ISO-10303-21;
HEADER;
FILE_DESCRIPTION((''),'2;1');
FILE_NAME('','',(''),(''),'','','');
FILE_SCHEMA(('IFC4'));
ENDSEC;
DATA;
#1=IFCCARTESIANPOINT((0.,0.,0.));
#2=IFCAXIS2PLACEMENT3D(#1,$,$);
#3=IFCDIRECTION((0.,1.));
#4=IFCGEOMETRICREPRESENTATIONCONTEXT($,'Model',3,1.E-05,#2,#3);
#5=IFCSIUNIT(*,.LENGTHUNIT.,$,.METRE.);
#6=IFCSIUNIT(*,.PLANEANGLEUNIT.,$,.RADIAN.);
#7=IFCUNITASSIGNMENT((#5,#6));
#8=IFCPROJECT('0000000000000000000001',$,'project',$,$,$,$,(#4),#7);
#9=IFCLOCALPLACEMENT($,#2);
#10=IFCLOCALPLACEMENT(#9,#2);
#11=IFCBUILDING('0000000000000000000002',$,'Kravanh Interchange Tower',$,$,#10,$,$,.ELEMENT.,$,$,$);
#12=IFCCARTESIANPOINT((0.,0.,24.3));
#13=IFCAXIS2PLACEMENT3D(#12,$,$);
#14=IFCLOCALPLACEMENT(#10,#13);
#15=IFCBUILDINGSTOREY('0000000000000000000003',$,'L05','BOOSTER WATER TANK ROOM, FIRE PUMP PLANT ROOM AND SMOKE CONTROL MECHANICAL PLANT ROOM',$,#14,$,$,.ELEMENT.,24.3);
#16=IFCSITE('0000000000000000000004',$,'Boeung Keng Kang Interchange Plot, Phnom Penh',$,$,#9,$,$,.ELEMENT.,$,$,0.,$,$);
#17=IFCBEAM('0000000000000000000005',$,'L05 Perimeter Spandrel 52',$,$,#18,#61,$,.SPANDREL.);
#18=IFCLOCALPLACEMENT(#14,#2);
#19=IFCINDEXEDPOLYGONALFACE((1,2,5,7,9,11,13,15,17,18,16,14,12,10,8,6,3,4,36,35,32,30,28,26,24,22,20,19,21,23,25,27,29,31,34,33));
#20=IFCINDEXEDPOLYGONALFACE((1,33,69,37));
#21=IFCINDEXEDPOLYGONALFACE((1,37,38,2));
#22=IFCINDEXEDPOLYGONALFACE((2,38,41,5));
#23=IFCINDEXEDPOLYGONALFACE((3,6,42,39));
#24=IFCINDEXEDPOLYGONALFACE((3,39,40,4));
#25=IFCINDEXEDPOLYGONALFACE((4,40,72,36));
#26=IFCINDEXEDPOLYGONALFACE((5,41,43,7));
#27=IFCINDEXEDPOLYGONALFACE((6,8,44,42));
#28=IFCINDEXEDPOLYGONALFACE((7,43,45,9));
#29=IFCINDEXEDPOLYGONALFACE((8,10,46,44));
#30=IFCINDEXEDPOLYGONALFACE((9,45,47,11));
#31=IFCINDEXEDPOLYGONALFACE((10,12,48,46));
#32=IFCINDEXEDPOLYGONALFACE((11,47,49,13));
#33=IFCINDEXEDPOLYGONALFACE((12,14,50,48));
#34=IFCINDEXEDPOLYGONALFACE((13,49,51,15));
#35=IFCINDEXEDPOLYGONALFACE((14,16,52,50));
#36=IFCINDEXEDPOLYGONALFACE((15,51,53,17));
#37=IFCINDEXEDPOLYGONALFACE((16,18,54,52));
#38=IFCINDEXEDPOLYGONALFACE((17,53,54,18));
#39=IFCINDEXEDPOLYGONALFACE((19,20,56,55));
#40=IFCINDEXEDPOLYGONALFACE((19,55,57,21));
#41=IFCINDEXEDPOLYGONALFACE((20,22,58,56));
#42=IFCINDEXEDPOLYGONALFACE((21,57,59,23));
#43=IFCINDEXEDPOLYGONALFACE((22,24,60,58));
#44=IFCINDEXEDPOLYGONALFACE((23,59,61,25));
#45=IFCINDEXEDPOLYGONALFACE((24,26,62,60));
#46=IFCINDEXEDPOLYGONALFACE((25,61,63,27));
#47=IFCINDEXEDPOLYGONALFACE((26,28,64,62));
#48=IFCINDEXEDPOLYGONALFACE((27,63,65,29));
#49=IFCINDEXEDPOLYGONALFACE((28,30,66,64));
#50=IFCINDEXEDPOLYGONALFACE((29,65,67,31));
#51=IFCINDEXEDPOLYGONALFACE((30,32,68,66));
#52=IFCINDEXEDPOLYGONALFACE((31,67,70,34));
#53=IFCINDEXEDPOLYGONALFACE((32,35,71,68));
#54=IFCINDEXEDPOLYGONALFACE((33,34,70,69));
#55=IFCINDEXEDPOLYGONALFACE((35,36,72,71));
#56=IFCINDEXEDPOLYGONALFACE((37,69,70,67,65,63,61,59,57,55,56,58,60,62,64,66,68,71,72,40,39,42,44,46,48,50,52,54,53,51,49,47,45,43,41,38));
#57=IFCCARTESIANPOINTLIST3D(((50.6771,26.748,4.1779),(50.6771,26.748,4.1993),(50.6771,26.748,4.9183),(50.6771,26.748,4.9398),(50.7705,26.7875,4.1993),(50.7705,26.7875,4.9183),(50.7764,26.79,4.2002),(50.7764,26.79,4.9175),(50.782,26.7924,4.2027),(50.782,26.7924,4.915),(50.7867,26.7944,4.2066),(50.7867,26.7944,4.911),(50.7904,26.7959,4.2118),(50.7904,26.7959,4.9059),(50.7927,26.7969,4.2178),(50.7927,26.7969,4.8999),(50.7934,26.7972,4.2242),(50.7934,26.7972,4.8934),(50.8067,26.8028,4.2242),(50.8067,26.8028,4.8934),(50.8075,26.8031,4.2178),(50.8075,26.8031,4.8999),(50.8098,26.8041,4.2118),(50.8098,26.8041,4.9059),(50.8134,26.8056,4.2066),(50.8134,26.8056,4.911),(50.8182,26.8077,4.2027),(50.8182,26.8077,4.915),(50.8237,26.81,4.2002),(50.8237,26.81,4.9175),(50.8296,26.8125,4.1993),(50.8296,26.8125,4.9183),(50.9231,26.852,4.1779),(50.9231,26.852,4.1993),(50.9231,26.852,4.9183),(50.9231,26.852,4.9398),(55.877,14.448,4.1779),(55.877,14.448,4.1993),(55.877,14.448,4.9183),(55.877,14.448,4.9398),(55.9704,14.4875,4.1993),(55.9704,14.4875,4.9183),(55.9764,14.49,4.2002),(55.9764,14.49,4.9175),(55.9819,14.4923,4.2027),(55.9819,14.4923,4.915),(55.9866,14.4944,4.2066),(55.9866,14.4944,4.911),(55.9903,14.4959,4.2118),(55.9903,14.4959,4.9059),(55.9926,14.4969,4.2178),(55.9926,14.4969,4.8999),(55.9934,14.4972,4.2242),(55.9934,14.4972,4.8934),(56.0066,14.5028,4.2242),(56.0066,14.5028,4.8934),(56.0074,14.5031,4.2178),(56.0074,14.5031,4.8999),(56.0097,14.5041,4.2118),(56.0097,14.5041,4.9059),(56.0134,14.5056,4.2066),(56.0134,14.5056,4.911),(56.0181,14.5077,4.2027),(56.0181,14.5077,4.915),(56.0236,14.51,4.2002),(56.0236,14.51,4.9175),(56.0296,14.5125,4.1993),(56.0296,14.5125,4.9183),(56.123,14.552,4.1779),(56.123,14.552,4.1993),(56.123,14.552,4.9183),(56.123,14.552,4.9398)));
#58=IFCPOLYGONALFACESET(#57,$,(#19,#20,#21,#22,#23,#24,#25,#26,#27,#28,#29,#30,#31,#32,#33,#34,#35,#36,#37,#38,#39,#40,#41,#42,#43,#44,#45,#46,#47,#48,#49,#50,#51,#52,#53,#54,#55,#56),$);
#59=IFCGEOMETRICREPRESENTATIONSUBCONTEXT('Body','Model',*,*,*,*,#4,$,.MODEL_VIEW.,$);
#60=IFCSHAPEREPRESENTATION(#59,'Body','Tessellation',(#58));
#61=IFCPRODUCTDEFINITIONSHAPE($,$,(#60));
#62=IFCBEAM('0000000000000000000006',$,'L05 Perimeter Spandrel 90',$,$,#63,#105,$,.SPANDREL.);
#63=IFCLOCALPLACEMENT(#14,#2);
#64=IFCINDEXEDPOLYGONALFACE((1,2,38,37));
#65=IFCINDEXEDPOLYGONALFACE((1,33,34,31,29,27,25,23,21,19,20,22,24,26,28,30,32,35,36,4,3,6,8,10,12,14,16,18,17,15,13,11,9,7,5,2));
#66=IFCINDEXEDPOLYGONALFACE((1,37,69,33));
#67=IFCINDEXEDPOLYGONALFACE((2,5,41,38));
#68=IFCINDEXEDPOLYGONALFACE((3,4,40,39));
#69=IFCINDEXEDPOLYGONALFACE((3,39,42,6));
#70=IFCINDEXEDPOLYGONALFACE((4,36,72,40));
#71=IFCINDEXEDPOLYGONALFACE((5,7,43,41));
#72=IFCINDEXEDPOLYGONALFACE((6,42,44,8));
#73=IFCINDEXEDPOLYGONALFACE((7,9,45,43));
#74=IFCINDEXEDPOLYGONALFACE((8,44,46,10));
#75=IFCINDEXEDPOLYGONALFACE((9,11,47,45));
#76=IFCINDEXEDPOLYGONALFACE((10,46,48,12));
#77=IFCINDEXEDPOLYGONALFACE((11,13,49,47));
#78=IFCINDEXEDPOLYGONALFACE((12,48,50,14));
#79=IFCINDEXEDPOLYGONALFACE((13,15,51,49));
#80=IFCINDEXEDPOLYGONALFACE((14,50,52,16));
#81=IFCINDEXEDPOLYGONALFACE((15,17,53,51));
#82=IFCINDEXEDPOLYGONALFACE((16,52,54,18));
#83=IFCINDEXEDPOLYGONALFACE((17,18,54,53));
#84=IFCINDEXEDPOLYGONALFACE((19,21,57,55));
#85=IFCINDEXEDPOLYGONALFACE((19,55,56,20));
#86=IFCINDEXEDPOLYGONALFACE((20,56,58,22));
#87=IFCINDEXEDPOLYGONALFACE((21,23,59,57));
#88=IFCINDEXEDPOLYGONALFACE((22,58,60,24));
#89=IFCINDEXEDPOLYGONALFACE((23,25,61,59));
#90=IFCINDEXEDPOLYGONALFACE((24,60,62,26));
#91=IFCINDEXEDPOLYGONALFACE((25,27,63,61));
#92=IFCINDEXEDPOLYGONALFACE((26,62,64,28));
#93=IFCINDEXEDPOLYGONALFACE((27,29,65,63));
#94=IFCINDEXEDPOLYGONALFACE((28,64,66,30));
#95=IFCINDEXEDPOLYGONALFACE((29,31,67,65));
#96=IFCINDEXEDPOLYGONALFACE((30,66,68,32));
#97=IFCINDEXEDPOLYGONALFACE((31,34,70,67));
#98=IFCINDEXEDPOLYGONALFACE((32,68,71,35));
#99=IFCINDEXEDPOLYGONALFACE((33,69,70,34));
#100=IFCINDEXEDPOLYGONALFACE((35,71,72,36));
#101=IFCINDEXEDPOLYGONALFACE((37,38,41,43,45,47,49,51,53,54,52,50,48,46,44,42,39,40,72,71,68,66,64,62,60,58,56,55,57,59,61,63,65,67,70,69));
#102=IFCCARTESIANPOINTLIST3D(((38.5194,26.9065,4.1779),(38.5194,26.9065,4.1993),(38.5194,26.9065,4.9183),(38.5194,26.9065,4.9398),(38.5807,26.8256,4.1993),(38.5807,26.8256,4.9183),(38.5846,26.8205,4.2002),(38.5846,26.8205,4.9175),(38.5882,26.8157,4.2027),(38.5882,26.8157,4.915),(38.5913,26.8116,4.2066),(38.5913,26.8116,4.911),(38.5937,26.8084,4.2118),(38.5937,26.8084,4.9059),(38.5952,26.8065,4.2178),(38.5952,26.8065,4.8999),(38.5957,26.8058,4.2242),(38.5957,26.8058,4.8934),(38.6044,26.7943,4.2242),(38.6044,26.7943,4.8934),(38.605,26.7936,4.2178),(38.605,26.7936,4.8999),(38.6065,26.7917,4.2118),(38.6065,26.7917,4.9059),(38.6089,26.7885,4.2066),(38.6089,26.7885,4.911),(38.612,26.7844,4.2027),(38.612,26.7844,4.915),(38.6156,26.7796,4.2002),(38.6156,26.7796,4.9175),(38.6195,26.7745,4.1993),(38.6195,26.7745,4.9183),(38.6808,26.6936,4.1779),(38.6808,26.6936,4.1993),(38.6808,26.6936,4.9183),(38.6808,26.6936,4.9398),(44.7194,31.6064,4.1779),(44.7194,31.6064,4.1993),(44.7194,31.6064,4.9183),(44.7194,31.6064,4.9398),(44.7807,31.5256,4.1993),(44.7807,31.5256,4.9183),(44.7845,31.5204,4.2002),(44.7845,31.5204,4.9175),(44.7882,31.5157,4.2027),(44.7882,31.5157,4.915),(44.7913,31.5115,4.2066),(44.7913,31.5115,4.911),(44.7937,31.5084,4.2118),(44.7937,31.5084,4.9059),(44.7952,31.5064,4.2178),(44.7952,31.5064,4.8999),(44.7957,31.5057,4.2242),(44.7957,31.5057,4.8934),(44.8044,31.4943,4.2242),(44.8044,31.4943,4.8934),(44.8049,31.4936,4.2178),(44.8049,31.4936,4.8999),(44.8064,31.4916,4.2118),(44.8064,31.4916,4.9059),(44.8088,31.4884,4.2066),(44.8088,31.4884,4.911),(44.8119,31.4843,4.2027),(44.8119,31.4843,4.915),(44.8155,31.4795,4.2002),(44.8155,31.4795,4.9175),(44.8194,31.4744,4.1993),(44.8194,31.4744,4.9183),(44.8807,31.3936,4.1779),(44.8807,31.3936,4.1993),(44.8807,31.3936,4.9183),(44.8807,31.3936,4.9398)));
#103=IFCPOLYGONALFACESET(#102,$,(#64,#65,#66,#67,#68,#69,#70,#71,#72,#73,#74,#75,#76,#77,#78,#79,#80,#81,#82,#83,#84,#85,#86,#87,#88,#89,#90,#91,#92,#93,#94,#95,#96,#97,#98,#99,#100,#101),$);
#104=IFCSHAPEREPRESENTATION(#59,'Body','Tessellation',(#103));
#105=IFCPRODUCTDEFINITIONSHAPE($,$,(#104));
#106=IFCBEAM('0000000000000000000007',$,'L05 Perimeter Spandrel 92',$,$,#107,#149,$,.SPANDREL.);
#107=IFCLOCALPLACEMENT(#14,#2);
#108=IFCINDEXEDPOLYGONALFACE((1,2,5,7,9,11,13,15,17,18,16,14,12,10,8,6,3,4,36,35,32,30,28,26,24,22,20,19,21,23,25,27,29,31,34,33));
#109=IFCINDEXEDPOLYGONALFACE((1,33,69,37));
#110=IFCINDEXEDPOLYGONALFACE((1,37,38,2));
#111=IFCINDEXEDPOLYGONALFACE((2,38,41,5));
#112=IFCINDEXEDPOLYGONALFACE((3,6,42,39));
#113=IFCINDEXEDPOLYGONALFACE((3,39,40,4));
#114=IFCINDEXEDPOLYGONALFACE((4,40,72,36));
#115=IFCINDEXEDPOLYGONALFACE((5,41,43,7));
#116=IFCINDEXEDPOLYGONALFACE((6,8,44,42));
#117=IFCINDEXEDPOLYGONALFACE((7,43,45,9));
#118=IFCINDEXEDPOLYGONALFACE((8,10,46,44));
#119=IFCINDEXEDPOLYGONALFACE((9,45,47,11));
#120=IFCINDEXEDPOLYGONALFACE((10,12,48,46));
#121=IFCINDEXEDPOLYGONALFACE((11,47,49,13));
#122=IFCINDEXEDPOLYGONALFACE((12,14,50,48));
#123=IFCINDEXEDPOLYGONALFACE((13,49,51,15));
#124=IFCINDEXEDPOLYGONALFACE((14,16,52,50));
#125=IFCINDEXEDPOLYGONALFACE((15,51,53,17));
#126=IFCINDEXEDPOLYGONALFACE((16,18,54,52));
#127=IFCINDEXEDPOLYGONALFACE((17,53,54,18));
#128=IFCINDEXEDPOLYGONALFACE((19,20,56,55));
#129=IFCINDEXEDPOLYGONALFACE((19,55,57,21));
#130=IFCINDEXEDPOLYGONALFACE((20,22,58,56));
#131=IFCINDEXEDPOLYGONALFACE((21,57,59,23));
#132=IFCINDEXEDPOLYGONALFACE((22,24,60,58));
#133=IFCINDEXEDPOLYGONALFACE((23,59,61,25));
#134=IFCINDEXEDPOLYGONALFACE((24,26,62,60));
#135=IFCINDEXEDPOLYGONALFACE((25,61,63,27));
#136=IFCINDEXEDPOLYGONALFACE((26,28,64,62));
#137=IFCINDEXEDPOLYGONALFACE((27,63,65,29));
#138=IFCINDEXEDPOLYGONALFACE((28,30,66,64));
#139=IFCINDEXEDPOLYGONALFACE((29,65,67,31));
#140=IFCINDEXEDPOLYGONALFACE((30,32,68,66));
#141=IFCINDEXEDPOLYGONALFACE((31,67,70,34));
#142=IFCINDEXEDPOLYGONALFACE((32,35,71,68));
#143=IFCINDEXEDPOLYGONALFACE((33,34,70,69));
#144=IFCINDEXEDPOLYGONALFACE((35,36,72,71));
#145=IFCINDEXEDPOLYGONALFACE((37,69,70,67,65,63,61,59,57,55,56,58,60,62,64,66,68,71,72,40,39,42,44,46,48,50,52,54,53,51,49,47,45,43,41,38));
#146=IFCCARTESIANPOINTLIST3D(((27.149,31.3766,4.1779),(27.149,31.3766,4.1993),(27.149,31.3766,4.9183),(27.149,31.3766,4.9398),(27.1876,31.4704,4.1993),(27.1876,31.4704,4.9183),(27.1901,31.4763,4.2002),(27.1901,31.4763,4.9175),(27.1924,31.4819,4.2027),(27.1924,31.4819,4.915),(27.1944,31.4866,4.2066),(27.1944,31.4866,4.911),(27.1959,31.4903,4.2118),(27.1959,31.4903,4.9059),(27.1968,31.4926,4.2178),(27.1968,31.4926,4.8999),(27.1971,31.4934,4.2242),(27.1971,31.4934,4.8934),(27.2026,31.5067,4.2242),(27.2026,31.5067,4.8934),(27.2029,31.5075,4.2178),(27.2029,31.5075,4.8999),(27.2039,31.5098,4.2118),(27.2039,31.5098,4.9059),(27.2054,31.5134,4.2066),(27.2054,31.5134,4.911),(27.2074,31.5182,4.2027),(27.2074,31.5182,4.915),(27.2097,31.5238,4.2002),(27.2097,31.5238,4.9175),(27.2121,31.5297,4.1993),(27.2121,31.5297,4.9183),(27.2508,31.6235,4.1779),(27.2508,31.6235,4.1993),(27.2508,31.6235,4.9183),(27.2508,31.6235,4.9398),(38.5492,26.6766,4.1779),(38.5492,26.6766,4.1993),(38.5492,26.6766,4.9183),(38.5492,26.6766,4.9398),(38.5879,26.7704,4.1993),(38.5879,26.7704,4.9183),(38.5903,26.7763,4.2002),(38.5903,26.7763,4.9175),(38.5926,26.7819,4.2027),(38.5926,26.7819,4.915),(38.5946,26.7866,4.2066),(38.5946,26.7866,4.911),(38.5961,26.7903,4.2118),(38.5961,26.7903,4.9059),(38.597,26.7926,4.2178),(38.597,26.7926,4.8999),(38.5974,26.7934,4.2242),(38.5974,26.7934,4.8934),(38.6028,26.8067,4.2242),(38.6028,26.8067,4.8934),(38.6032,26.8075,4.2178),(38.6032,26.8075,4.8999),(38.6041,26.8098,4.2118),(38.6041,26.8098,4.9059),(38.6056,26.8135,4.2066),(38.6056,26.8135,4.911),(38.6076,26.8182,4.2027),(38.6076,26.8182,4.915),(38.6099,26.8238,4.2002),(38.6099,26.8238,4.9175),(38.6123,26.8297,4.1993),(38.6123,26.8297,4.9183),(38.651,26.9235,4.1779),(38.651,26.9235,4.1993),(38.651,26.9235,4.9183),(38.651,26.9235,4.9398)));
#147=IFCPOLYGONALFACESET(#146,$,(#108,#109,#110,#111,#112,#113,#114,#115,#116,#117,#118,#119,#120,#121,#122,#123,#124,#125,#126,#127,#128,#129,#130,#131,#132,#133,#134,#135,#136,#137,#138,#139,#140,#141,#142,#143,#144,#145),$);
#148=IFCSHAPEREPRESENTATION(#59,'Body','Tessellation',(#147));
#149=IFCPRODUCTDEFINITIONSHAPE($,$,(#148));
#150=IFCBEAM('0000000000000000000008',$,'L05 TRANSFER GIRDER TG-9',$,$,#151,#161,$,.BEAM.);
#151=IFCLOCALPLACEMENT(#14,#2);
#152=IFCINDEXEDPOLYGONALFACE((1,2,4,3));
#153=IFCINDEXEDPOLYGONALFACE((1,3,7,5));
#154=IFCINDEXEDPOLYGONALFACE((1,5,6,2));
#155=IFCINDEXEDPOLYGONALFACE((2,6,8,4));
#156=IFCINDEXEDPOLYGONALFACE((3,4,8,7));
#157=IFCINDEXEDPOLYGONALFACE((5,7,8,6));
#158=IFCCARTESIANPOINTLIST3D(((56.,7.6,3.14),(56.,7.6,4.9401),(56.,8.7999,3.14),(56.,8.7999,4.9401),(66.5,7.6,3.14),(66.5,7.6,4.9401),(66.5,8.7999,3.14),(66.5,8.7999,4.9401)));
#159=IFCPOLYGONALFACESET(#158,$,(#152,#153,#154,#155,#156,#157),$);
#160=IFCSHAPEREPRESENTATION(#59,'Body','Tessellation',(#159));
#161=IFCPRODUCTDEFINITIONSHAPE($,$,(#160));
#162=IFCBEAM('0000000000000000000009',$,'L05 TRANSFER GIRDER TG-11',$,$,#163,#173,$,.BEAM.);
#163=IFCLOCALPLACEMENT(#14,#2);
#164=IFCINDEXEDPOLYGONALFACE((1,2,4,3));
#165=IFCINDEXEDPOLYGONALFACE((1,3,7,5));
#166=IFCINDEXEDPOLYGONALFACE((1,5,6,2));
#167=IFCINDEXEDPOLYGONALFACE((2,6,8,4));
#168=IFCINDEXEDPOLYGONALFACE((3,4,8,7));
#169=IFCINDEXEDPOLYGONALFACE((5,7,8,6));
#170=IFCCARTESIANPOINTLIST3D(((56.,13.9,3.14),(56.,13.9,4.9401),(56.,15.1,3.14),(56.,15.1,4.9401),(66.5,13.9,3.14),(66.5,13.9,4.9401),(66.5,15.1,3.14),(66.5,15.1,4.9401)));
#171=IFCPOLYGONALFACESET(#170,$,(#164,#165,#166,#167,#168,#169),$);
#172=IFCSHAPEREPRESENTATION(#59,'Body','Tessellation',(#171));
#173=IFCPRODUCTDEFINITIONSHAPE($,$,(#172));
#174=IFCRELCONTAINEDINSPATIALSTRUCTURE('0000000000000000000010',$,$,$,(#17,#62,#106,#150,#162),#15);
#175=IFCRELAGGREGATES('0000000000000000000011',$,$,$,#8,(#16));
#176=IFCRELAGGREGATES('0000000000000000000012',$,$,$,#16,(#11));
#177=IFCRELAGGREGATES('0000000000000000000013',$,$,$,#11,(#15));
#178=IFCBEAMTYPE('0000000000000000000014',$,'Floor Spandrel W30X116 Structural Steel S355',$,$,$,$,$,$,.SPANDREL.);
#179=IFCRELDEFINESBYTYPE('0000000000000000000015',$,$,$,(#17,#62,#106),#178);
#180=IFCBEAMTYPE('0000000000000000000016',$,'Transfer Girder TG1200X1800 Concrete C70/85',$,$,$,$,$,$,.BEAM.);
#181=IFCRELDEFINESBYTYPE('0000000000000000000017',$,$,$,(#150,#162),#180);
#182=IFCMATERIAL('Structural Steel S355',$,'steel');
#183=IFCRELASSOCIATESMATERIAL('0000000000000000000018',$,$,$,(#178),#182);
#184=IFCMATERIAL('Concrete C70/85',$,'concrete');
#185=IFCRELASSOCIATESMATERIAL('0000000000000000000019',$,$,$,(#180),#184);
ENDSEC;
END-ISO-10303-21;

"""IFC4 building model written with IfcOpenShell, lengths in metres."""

from ifc_helpers import new_model, si_unit, direction, frame, origin, origin_2d, place, context, subcontext, project, spatial, rectangle, i_section, extrude, material, material_profile, profile_set, type_object, element, save


model = new_model("IFC4")

# Units and contexts
model_context = context("Model", 3, precision=1e-05, world=origin(), true_north=direction((0.0, 1.0)))
body_context = subcontext(model_context, "Body", "Model", "MODEL_VIEW")
ifc_project = project(units=[si_unit("LENGTHUNIT", "METRE"), si_unit("PLANEANGLEUNIT", "RADIAN")], contexts=[model_context])

# Site, building, storey
site_placement = place(None, origin())
site = spatial("IfcSite", under=ifc_project, at=site_placement, Name="Boeung Keng Kang Interchange Plot, Phnom Penh", CompositionType="ELEMENT", RefElevation=0.0)
building_placement = place(site_placement, origin())
building = spatial("IfcBuilding", under=site, at=building_placement, Name="Kravanh Interchange Tower", CompositionType="ELEMENT")
storey_placement = place(building_placement, frame((0.0, 0.0, 24.3)))
storey = spatial("IfcBuildingStorey", under=building, at=storey_placement, Name="L05", Description="BOOSTER WATER TANK ROOM, FIRE PUMP PLANT ROOM AND SMOKE CONTROL MECHANICAL PLANT ROOM", CompositionType="ELEMENT", Elevation=24.3)

# Beams
ifc_material_1 = material(Name="Structural Steel S355", Category="steel")
ifc_material_profile_1 = material_profile(ifc_material_1, i_section(OverallWidth=0.2671, OverallDepth=0.762, WebThickness=0.0144, FlangeThickness=0.0215, FilletRadius=0.0249, at=origin_2d()), Name="W30X116")
ifc_profile_set_1 = profile_set([ifc_material_profile_1], Name="Structural Steel S355")
beam_type_1 = type_object("IfcBeamType", Name="Floor Spandrel W30X116 Structural Steel S355", PredefinedType="SPANDREL", material=ifc_profile_set_1)
beam_1_placement = place(storey_placement, frame((56.0, 14.5, 4.5588), z_axis=(-0.389391, 0.921072, 0.0), x_axis=(-0.921072, -0.389391, 0.0)))
element("IfcBeam", 1, at=beam_1_placement, inside=storey, type_object=beam_type_1, Name="L05 Perimeter Spandrel 52", PredefinedType="SPANDREL", context=body_context, shape_type="SweptSolid", body=[
    extrude(i_section(OverallWidth=0.2671, OverallDepth=0.762, WebThickness=0.0144, FlangeThickness=0.0215, FilletRadius=0.0249, at=origin_2d()), origin(), (0.0, 0.0, 1.0), 13.354),
])
beam_2_placement = place(storey_placement, frame((38.6001, 26.8, 4.5588), z_axis=(0.796905, 0.604104, 0.0), x_axis=(-0.604104, 0.796905, 0.0)))
element("IfcBeam", 2, at=beam_2_placement, inside=storey, type_object=beam_type_1, Name="L05 Perimeter Spandrel 90", PredefinedType="SPANDREL", context=body_context, shape_type="SweptSolid", body=[
    extrude(i_section(OverallWidth=0.2671, OverallDepth=0.762, WebThickness=0.0144, FlangeThickness=0.0215, FilletRadius=0.0249, at=origin_2d()), origin(), (0.0, 0.0, 1.0), 7.78),
])
beam_3_placement = place(storey_placement, frame((38.6001, 26.8, 4.5588), z_axis=(-0.924513, 0.38115, 0.0), x_axis=(-0.38115, -0.924513, 0.0)))
element("IfcBeam", 3, at=beam_3_placement, inside=storey, type_object=beam_type_1, Name="L05 Perimeter Spandrel 92", PredefinedType="SPANDREL", context=body_context, shape_type="SweptSolid", body=[
    extrude(i_section(OverallWidth=0.2671, OverallDepth=0.762, WebThickness=0.0144, FlangeThickness=0.0215, FilletRadius=0.0249, at=origin_2d()), origin(), (0.0, 0.0, 1.0), 12.3311),
])
ifc_material_2 = material(Name="Concrete C70/85", Category="concrete")
ifc_material_profile_2 = material_profile(ifc_material_2, rectangle(XDim=1.2, YDim=1.8, at=origin_2d()), Name="TG1200X1800")
ifc_profile_set_2 = profile_set([ifc_material_profile_2], Name="Concrete C70/85")
beam_type_2 = type_object("IfcBeamType", Name="Transfer Girder TG1200X1800 Concrete C70/85", PredefinedType="BEAM", material=ifc_profile_set_2)
for number, where, z_axis, x_axis, name in (
    (4, (56.0, 8.2, 4.04), (1.0, 0.0, 0.0), (0.0, 1.0, 0.0), "L05 TRANSFER GIRDER TG-9"),
    (5, (56.0, 14.5, 4.04), (1.0, 0.0, 0.0), (0.0, 1.0, 0.0), "L05 TRANSFER GIRDER TG-11"),
):
    element("IfcBeam", number, at=place(storey_placement, frame(where, z_axis=z_axis, x_axis=x_axis)), inside=storey, type_object=beam_type_2, Name=name, PredefinedType="BEAM", context=body_context, shape_type="SweptSolid", body=[
        extrude(rectangle(XDim=1.2, YDim=1.8, at=origin_2d()), origin(), (0.0, 0.0, 1.0), 10.5),
    ])

save(model, "model.ifc")
